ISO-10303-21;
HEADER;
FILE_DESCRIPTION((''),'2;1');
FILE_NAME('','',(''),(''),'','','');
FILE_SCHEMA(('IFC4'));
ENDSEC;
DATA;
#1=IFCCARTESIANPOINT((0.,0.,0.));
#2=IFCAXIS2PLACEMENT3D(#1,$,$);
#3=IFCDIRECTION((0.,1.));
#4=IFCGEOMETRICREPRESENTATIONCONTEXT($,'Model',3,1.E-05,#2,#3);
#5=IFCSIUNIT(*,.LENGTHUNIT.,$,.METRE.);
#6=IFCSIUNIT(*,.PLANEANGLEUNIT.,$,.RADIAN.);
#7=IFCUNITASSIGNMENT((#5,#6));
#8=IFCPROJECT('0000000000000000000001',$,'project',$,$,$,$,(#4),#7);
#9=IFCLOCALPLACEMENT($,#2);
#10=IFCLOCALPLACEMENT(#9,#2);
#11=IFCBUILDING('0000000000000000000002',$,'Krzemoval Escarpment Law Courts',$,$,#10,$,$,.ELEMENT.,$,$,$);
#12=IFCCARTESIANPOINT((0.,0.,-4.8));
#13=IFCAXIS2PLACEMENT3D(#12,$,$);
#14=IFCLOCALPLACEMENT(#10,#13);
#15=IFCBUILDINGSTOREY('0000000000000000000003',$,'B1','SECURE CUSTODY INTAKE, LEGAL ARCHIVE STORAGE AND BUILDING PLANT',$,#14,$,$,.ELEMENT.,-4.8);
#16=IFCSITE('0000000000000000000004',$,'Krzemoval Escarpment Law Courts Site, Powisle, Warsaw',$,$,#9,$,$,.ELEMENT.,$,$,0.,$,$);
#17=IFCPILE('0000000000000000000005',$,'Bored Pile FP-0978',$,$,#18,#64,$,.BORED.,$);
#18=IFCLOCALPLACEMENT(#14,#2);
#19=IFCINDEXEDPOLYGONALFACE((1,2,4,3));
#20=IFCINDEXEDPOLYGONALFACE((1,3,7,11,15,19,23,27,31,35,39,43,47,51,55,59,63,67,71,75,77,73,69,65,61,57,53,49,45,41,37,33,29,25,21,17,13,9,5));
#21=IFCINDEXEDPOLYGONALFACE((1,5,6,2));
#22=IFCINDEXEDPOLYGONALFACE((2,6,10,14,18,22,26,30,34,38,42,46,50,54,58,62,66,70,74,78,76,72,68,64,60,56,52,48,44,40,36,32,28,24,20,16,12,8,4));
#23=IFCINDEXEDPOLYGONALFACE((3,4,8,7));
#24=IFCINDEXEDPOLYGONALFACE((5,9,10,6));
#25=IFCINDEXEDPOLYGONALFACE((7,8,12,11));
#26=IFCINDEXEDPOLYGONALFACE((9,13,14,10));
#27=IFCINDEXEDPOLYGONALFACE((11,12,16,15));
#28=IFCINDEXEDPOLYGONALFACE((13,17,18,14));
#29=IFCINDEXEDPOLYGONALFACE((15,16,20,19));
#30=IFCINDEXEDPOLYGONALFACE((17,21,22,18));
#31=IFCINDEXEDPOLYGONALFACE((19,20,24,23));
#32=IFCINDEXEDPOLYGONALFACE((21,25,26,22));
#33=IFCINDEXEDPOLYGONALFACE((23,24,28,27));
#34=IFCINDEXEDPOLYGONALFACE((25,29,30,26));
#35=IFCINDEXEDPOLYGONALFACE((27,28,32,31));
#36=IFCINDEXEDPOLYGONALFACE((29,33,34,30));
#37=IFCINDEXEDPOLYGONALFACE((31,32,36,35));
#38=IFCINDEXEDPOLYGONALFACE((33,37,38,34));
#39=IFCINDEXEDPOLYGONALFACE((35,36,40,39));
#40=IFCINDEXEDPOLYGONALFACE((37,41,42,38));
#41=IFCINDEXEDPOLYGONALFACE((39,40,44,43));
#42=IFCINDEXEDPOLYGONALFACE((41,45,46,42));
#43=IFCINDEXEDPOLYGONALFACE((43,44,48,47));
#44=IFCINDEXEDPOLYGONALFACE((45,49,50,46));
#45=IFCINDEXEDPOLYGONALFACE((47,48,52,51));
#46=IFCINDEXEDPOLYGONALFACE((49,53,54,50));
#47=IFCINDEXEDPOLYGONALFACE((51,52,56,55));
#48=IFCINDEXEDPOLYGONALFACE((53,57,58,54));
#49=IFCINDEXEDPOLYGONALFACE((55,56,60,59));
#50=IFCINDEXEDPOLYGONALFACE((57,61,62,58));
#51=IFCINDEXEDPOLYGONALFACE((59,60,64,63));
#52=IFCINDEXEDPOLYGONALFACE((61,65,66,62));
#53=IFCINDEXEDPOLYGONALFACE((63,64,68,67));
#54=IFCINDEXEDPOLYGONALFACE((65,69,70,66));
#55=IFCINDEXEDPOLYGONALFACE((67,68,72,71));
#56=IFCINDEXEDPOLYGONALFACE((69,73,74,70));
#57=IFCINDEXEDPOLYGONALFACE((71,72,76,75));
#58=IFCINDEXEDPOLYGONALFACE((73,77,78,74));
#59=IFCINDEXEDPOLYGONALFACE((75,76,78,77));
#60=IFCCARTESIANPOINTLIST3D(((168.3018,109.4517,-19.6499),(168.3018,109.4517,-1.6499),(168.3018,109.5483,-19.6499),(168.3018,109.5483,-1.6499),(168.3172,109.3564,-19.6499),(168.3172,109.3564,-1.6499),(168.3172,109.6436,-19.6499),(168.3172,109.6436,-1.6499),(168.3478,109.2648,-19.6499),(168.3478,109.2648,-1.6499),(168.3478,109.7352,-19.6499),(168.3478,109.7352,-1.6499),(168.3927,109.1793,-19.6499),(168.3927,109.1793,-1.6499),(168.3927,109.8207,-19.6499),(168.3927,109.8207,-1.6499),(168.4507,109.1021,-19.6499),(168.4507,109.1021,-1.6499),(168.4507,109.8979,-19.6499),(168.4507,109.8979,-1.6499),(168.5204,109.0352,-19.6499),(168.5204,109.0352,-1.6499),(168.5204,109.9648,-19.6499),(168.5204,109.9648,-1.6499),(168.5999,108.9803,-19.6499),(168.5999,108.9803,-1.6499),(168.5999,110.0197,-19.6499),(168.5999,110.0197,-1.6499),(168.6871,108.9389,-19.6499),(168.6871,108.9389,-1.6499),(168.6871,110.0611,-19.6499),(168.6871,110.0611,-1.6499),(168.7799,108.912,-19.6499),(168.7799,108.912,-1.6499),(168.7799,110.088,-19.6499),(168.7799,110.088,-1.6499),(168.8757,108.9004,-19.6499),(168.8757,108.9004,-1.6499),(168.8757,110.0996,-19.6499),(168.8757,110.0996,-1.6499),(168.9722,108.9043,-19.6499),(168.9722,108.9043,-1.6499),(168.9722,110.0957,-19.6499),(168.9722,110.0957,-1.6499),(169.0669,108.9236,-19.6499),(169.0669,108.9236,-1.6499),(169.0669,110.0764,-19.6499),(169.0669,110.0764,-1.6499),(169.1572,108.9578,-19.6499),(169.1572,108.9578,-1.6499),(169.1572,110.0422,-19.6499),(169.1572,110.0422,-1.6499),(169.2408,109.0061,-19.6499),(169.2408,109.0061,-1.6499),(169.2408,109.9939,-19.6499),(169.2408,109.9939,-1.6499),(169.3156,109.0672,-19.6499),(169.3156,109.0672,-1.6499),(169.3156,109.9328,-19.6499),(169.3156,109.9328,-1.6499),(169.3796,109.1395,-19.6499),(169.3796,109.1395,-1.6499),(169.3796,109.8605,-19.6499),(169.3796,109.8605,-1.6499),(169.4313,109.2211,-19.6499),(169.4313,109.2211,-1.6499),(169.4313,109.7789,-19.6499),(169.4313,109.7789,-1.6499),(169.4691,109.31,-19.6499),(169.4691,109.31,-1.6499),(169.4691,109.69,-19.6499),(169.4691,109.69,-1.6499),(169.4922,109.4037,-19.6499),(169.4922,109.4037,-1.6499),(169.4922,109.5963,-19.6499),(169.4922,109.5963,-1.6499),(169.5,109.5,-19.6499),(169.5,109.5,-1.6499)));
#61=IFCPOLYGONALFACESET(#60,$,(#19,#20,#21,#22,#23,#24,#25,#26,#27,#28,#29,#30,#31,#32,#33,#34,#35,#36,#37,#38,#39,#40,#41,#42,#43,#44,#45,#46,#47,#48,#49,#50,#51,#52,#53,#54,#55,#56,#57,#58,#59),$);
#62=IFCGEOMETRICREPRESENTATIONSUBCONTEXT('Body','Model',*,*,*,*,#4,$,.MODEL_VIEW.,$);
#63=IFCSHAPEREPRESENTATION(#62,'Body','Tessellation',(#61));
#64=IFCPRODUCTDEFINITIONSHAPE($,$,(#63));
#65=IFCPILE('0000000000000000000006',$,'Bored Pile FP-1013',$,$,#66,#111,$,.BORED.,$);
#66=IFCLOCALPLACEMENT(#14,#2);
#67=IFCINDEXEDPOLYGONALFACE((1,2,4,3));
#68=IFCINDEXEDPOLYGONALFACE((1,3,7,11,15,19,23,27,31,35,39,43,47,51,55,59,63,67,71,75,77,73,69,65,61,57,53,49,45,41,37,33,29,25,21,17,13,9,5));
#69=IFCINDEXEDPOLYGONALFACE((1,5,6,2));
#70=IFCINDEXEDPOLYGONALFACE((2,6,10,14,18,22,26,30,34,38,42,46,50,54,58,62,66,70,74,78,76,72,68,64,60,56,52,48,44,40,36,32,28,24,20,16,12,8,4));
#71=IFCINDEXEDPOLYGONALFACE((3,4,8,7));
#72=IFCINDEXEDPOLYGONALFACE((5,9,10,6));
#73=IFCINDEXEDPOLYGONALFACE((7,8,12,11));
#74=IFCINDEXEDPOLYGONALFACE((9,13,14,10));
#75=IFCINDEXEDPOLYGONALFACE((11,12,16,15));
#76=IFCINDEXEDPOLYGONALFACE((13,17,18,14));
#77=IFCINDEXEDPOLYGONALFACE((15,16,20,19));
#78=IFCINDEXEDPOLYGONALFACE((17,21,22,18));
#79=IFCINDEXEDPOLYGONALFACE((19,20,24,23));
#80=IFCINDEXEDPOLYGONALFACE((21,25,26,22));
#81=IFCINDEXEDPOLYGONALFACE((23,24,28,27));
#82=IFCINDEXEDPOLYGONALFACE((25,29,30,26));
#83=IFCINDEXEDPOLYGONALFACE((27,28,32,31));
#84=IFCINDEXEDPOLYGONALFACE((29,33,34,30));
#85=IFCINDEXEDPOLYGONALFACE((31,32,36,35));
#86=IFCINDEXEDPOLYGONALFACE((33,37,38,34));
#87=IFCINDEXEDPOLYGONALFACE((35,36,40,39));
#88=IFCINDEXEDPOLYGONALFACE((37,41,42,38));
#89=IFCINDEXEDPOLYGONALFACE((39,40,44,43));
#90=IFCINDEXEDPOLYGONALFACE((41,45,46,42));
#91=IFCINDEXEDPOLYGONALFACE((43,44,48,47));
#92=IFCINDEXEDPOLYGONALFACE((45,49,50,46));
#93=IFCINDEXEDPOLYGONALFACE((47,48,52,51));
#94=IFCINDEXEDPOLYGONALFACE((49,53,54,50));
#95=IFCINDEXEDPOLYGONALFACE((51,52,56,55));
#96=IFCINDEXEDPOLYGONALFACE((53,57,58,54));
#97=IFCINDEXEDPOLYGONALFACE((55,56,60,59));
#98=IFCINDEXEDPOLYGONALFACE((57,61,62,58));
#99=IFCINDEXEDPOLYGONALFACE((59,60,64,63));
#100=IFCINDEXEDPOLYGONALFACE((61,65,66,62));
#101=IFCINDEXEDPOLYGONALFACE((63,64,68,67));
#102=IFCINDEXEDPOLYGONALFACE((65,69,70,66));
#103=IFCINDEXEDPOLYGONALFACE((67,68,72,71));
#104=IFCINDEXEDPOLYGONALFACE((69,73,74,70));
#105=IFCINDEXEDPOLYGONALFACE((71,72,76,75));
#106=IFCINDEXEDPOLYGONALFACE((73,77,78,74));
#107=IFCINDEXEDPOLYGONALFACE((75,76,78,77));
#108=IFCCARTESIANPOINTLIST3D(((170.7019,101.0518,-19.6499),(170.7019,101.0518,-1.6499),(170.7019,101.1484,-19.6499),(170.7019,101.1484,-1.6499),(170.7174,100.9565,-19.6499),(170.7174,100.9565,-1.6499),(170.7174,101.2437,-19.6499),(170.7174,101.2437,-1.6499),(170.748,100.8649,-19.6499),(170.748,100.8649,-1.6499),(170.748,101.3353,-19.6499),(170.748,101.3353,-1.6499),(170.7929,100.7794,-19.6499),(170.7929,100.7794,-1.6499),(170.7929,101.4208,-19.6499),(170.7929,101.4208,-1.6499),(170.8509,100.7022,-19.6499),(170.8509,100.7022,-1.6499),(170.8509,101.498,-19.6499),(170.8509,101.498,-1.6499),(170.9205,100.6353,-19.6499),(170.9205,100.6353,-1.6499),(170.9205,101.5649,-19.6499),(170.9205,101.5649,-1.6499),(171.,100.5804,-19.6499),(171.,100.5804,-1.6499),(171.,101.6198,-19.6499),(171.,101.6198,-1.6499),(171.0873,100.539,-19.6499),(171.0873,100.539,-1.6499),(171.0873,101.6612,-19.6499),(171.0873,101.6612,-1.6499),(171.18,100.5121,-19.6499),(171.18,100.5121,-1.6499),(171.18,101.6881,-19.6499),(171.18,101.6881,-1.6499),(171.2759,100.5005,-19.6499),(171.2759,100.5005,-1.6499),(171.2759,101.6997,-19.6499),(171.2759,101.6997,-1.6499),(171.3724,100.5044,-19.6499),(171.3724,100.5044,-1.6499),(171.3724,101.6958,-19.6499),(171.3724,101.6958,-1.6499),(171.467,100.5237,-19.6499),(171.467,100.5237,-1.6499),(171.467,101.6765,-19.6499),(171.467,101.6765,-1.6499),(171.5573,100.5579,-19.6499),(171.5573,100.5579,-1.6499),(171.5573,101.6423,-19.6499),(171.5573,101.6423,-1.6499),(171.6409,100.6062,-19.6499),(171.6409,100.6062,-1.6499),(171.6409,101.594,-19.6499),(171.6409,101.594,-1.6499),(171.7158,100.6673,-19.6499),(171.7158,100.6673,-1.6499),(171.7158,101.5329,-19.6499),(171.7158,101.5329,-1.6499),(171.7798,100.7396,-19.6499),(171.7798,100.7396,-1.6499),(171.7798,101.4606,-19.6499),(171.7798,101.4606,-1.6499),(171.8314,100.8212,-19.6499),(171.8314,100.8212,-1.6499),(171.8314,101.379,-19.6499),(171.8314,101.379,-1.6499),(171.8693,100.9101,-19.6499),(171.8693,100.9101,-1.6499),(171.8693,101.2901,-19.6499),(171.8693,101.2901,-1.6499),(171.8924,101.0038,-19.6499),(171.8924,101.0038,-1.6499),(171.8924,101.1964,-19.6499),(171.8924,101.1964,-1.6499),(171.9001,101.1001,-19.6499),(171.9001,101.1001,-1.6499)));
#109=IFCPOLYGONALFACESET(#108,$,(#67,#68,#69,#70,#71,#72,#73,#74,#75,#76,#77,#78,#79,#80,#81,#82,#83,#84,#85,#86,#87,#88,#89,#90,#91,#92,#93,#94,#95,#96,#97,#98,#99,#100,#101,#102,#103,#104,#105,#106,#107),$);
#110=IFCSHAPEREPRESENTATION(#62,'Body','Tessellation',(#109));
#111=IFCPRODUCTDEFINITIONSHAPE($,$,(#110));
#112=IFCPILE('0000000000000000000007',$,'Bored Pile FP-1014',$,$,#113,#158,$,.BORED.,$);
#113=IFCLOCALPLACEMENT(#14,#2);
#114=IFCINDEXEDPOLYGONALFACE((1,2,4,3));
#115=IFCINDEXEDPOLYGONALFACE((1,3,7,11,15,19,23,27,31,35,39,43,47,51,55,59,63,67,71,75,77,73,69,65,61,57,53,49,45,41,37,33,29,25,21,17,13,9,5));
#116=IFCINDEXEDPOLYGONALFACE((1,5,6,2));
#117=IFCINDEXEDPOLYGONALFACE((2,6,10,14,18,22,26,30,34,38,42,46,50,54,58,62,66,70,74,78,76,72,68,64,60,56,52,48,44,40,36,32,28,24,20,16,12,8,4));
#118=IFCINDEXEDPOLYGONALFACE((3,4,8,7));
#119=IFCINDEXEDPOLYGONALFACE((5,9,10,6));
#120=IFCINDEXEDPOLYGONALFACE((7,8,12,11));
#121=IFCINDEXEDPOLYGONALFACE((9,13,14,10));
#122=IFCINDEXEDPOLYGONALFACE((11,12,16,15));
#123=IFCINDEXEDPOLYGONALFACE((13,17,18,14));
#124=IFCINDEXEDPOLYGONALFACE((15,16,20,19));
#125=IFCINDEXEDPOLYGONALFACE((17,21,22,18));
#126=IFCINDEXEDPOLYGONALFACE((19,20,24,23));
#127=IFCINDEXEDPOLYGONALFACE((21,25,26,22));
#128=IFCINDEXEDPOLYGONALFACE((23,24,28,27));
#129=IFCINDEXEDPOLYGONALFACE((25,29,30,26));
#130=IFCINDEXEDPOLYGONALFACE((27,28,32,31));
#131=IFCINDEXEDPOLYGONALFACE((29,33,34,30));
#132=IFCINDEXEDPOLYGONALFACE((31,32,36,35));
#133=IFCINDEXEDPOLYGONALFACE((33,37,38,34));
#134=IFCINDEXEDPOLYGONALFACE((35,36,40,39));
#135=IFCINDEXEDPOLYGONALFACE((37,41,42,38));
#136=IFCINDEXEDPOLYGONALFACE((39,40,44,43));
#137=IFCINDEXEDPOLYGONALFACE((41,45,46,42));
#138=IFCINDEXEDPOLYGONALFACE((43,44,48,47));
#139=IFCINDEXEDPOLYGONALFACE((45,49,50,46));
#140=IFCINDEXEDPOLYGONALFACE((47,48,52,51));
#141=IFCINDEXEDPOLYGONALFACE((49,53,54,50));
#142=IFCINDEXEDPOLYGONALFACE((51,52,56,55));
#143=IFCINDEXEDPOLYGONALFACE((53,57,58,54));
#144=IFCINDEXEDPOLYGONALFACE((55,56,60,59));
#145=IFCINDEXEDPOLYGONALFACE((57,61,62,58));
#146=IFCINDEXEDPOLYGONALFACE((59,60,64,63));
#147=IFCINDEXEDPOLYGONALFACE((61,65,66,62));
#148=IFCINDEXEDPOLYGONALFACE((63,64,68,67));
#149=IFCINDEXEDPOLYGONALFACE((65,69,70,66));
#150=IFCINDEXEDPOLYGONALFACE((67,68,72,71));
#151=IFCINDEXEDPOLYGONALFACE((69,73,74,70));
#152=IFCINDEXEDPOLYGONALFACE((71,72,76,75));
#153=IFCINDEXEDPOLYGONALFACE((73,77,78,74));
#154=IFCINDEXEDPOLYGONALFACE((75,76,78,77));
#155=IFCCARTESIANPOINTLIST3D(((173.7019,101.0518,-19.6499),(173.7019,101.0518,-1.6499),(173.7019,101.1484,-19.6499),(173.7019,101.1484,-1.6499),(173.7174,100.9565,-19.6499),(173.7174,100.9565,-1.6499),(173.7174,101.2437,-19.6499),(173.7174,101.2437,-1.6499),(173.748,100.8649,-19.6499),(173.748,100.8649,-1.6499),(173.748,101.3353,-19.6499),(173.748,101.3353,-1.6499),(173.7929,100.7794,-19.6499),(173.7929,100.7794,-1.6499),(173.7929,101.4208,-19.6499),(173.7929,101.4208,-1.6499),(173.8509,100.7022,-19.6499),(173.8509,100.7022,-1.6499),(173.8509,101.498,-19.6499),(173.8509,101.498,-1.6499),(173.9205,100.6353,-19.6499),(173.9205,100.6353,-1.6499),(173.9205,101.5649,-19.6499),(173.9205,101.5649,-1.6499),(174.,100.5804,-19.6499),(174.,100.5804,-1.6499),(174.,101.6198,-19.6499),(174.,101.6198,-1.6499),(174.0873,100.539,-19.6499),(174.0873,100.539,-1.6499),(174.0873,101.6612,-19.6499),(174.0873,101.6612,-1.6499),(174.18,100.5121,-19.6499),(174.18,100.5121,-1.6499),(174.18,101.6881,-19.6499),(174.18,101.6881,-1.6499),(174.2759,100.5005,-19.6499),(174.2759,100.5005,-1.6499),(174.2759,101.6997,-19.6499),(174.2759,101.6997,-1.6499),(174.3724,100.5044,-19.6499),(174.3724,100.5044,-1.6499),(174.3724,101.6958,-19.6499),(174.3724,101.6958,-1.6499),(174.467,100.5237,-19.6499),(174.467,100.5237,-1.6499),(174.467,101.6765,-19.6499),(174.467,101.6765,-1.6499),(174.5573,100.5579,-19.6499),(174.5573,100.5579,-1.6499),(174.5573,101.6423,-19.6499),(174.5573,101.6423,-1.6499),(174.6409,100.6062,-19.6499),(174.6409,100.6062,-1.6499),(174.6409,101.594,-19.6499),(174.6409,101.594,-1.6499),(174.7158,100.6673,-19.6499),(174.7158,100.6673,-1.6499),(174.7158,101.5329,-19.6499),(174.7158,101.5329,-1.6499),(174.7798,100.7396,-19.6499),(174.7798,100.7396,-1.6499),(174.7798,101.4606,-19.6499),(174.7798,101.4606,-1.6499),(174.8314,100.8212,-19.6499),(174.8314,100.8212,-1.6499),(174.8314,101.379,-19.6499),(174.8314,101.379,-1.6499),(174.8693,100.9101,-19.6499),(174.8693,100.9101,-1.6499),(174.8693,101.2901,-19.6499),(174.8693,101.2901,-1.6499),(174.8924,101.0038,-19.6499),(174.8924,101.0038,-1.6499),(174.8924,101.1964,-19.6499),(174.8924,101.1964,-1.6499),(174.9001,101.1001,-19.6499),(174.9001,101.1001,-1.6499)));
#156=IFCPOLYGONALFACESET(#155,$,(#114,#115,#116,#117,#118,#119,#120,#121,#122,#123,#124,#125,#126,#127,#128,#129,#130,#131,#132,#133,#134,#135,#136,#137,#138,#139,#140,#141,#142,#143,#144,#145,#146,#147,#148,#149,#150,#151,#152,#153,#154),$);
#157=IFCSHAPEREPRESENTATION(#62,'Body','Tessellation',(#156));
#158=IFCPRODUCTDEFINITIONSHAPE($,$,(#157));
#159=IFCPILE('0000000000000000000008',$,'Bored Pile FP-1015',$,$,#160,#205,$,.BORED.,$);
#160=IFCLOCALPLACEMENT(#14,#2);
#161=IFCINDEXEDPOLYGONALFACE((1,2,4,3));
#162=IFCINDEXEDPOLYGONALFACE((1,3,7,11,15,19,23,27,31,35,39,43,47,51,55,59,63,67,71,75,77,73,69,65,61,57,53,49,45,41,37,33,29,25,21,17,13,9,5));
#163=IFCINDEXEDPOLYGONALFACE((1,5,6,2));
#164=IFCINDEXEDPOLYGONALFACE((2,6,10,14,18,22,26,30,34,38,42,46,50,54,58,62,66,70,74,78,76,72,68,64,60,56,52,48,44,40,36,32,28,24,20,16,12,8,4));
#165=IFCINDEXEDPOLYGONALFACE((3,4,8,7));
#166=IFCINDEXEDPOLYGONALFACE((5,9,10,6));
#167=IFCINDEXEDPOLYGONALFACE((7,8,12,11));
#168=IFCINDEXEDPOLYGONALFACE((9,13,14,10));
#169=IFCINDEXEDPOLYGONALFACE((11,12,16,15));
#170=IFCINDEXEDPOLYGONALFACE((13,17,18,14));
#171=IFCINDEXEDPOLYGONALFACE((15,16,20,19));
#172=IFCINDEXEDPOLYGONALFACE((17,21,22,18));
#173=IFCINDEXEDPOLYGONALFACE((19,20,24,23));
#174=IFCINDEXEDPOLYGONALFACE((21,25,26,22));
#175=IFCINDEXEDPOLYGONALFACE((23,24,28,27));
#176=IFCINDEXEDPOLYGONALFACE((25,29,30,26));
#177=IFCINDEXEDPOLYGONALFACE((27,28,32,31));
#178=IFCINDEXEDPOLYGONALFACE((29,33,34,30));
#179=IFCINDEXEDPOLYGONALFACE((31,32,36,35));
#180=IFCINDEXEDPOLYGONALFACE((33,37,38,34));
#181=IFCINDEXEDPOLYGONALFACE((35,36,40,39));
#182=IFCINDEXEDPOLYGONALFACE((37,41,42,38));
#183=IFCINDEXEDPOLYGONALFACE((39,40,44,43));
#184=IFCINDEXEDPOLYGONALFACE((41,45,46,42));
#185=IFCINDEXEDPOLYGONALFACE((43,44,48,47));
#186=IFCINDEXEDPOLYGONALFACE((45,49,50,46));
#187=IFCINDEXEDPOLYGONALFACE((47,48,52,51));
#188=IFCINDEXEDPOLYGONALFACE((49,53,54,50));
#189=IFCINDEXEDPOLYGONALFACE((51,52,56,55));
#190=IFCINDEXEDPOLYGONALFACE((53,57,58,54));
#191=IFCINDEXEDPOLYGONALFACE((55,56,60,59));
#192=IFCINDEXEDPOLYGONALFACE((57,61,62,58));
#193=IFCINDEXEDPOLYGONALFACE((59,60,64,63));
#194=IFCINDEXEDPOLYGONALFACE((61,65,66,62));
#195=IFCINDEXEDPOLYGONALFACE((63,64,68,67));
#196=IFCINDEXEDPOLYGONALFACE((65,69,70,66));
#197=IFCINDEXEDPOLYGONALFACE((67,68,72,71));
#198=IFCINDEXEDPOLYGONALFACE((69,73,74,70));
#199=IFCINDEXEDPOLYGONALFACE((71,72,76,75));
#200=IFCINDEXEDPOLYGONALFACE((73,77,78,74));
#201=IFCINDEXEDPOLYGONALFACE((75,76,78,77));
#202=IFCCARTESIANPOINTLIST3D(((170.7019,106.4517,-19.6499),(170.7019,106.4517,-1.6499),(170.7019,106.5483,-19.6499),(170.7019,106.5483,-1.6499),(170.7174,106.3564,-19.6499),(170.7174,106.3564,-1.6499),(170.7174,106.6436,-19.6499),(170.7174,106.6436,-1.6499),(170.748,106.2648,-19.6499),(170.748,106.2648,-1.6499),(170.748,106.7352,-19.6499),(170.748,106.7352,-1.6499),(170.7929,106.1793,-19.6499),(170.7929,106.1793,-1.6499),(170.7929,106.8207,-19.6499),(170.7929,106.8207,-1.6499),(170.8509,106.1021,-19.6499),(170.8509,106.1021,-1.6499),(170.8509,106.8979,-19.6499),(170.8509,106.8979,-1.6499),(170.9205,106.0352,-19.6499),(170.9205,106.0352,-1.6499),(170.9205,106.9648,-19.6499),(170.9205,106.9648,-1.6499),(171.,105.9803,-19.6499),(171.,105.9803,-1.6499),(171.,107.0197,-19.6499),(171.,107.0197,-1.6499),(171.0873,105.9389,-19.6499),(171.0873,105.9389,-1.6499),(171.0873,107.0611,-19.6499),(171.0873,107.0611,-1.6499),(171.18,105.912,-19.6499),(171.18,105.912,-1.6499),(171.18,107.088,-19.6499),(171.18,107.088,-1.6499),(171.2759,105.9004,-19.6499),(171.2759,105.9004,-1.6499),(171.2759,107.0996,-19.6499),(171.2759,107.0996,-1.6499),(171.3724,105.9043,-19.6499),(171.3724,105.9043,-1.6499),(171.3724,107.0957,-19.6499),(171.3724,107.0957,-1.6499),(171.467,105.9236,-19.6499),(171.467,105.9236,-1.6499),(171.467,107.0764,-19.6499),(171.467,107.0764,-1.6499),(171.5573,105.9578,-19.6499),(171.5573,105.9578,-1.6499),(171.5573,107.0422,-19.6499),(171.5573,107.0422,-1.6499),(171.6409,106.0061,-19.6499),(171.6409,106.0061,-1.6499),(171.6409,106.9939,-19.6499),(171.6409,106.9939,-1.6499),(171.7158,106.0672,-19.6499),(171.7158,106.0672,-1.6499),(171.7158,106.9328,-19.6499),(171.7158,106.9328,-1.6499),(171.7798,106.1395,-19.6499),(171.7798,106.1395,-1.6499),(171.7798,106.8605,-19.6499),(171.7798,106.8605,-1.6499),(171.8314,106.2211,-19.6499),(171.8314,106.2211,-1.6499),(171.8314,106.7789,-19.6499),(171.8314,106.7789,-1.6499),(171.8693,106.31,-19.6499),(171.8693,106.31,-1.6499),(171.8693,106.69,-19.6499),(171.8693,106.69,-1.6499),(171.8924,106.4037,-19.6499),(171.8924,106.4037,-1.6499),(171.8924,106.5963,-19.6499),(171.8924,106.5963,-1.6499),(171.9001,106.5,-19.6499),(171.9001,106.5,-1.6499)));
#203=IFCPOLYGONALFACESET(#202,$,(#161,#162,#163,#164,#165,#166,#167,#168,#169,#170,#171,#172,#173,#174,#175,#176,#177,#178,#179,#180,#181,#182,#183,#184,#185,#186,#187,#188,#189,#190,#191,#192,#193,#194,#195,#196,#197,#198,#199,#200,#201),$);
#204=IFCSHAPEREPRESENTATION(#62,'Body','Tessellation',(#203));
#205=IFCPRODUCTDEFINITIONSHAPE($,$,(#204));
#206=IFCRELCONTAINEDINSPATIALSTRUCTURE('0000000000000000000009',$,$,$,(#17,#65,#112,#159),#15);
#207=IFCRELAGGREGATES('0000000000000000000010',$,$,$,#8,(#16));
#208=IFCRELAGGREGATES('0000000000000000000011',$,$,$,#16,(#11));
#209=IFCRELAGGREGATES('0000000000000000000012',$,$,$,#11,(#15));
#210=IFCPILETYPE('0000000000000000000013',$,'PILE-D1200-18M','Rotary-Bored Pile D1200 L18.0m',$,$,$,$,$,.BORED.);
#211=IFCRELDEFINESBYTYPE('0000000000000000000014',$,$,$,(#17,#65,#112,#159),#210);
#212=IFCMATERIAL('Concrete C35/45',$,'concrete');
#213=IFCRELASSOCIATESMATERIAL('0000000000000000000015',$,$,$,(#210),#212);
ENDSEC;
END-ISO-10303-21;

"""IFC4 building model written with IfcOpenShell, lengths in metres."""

from ifc_helpers import new_model, si_unit, direction, frame, origin, origin_2d, place, context, subcontext, project, spatial, circle, extrude, material, material_profile, profile_set, type_object, element, save


model = new_model("IFC4")

# Units and contexts
model_context = context("Model", 3, precision=1e-05, world=origin(), true_north=direction((0.0, 1.0)))
body_context = subcontext(model_context, "Body", "Model", "MODEL_VIEW")
ifc_project = project(units=[si_unit("LENGTHUNIT", "METRE"), si_unit("PLANEANGLEUNIT", "RADIAN")], contexts=[model_context])

# Site, building, storey
site_placement = place(None, origin())
site = spatial("IfcSite", under=ifc_project, at=site_placement, Name="Krzemoval Escarpment Law Courts Site, Powisle, Warsaw", CompositionType="ELEMENT", RefElevation=0.0)
building_placement = place(site_placement, origin())
building = spatial("IfcBuilding", under=site, at=building_placement, Name="Krzemoval Escarpment Law Courts", CompositionType="ELEMENT")
storey_placement = place(building_placement, frame((0.0, 0.0, -4.8)))
storey = spatial("IfcBuildingStorey", under=building, at=storey_placement, Name="B1", Description="SECURE CUSTODY INTAKE, LEGAL ARCHIVE STORAGE AND BUILDING PLANT", CompositionType="ELEMENT", Elevation=-4.8)

# Piles
ifc_material_1 = material(Name="Concrete C35/45", Category="concrete")
ifc_material_profile_1 = material_profile(ifc_material_1, circle(Radius=0.6001, at=origin_2d()), Name="PILE D1200")
ifc_profile_set_1 = profile_set([ifc_material_profile_1], Name="Concrete C35/45")
pile_type = type_object("IfcPileType", Name="PILE-D1200-18M", Description="Rotary-Bored Pile D1200 L18.0m", PredefinedType="BORED", material=ifc_profile_set_1)
for number, where, z_axis, x_axis, name in (
    (1, (168.8999, 109.5, -1.6499), (0.0, 0.0, -1.0), (1.0, 0.0, 0.0), "Bored Pile FP-0978"),
    (2, (171.3, 101.1001, -1.6499), (0.0, 0.0, -1.0), (1.0, 0.0, 0.0), "Bored Pile FP-1013"),
    (3, (174.3, 101.1001, -1.6499), (0.0, 0.0, -1.0), (1.0, 0.0, 0.0), "Bored Pile FP-1014"),
    (4, (171.3, 106.5, -1.6499), (0.0, 0.0, -1.0), (1.0, 0.0, 0.0), "Bored Pile FP-1015"),
):
    element("IfcPile", number, at=place(storey_placement, frame(where, z_axis=z_axis, x_axis=x_axis)), inside=storey, type_object=pile_type, Name=name, PredefinedType="BORED", context=body_context, shape_type="SweptSolid", body=[
        extrude(circle(Radius=0.6001, at=origin_2d()), origin(), (0.0, 0.0, 1.0), 18.0),
    ])

save(model, "model.ifc")
